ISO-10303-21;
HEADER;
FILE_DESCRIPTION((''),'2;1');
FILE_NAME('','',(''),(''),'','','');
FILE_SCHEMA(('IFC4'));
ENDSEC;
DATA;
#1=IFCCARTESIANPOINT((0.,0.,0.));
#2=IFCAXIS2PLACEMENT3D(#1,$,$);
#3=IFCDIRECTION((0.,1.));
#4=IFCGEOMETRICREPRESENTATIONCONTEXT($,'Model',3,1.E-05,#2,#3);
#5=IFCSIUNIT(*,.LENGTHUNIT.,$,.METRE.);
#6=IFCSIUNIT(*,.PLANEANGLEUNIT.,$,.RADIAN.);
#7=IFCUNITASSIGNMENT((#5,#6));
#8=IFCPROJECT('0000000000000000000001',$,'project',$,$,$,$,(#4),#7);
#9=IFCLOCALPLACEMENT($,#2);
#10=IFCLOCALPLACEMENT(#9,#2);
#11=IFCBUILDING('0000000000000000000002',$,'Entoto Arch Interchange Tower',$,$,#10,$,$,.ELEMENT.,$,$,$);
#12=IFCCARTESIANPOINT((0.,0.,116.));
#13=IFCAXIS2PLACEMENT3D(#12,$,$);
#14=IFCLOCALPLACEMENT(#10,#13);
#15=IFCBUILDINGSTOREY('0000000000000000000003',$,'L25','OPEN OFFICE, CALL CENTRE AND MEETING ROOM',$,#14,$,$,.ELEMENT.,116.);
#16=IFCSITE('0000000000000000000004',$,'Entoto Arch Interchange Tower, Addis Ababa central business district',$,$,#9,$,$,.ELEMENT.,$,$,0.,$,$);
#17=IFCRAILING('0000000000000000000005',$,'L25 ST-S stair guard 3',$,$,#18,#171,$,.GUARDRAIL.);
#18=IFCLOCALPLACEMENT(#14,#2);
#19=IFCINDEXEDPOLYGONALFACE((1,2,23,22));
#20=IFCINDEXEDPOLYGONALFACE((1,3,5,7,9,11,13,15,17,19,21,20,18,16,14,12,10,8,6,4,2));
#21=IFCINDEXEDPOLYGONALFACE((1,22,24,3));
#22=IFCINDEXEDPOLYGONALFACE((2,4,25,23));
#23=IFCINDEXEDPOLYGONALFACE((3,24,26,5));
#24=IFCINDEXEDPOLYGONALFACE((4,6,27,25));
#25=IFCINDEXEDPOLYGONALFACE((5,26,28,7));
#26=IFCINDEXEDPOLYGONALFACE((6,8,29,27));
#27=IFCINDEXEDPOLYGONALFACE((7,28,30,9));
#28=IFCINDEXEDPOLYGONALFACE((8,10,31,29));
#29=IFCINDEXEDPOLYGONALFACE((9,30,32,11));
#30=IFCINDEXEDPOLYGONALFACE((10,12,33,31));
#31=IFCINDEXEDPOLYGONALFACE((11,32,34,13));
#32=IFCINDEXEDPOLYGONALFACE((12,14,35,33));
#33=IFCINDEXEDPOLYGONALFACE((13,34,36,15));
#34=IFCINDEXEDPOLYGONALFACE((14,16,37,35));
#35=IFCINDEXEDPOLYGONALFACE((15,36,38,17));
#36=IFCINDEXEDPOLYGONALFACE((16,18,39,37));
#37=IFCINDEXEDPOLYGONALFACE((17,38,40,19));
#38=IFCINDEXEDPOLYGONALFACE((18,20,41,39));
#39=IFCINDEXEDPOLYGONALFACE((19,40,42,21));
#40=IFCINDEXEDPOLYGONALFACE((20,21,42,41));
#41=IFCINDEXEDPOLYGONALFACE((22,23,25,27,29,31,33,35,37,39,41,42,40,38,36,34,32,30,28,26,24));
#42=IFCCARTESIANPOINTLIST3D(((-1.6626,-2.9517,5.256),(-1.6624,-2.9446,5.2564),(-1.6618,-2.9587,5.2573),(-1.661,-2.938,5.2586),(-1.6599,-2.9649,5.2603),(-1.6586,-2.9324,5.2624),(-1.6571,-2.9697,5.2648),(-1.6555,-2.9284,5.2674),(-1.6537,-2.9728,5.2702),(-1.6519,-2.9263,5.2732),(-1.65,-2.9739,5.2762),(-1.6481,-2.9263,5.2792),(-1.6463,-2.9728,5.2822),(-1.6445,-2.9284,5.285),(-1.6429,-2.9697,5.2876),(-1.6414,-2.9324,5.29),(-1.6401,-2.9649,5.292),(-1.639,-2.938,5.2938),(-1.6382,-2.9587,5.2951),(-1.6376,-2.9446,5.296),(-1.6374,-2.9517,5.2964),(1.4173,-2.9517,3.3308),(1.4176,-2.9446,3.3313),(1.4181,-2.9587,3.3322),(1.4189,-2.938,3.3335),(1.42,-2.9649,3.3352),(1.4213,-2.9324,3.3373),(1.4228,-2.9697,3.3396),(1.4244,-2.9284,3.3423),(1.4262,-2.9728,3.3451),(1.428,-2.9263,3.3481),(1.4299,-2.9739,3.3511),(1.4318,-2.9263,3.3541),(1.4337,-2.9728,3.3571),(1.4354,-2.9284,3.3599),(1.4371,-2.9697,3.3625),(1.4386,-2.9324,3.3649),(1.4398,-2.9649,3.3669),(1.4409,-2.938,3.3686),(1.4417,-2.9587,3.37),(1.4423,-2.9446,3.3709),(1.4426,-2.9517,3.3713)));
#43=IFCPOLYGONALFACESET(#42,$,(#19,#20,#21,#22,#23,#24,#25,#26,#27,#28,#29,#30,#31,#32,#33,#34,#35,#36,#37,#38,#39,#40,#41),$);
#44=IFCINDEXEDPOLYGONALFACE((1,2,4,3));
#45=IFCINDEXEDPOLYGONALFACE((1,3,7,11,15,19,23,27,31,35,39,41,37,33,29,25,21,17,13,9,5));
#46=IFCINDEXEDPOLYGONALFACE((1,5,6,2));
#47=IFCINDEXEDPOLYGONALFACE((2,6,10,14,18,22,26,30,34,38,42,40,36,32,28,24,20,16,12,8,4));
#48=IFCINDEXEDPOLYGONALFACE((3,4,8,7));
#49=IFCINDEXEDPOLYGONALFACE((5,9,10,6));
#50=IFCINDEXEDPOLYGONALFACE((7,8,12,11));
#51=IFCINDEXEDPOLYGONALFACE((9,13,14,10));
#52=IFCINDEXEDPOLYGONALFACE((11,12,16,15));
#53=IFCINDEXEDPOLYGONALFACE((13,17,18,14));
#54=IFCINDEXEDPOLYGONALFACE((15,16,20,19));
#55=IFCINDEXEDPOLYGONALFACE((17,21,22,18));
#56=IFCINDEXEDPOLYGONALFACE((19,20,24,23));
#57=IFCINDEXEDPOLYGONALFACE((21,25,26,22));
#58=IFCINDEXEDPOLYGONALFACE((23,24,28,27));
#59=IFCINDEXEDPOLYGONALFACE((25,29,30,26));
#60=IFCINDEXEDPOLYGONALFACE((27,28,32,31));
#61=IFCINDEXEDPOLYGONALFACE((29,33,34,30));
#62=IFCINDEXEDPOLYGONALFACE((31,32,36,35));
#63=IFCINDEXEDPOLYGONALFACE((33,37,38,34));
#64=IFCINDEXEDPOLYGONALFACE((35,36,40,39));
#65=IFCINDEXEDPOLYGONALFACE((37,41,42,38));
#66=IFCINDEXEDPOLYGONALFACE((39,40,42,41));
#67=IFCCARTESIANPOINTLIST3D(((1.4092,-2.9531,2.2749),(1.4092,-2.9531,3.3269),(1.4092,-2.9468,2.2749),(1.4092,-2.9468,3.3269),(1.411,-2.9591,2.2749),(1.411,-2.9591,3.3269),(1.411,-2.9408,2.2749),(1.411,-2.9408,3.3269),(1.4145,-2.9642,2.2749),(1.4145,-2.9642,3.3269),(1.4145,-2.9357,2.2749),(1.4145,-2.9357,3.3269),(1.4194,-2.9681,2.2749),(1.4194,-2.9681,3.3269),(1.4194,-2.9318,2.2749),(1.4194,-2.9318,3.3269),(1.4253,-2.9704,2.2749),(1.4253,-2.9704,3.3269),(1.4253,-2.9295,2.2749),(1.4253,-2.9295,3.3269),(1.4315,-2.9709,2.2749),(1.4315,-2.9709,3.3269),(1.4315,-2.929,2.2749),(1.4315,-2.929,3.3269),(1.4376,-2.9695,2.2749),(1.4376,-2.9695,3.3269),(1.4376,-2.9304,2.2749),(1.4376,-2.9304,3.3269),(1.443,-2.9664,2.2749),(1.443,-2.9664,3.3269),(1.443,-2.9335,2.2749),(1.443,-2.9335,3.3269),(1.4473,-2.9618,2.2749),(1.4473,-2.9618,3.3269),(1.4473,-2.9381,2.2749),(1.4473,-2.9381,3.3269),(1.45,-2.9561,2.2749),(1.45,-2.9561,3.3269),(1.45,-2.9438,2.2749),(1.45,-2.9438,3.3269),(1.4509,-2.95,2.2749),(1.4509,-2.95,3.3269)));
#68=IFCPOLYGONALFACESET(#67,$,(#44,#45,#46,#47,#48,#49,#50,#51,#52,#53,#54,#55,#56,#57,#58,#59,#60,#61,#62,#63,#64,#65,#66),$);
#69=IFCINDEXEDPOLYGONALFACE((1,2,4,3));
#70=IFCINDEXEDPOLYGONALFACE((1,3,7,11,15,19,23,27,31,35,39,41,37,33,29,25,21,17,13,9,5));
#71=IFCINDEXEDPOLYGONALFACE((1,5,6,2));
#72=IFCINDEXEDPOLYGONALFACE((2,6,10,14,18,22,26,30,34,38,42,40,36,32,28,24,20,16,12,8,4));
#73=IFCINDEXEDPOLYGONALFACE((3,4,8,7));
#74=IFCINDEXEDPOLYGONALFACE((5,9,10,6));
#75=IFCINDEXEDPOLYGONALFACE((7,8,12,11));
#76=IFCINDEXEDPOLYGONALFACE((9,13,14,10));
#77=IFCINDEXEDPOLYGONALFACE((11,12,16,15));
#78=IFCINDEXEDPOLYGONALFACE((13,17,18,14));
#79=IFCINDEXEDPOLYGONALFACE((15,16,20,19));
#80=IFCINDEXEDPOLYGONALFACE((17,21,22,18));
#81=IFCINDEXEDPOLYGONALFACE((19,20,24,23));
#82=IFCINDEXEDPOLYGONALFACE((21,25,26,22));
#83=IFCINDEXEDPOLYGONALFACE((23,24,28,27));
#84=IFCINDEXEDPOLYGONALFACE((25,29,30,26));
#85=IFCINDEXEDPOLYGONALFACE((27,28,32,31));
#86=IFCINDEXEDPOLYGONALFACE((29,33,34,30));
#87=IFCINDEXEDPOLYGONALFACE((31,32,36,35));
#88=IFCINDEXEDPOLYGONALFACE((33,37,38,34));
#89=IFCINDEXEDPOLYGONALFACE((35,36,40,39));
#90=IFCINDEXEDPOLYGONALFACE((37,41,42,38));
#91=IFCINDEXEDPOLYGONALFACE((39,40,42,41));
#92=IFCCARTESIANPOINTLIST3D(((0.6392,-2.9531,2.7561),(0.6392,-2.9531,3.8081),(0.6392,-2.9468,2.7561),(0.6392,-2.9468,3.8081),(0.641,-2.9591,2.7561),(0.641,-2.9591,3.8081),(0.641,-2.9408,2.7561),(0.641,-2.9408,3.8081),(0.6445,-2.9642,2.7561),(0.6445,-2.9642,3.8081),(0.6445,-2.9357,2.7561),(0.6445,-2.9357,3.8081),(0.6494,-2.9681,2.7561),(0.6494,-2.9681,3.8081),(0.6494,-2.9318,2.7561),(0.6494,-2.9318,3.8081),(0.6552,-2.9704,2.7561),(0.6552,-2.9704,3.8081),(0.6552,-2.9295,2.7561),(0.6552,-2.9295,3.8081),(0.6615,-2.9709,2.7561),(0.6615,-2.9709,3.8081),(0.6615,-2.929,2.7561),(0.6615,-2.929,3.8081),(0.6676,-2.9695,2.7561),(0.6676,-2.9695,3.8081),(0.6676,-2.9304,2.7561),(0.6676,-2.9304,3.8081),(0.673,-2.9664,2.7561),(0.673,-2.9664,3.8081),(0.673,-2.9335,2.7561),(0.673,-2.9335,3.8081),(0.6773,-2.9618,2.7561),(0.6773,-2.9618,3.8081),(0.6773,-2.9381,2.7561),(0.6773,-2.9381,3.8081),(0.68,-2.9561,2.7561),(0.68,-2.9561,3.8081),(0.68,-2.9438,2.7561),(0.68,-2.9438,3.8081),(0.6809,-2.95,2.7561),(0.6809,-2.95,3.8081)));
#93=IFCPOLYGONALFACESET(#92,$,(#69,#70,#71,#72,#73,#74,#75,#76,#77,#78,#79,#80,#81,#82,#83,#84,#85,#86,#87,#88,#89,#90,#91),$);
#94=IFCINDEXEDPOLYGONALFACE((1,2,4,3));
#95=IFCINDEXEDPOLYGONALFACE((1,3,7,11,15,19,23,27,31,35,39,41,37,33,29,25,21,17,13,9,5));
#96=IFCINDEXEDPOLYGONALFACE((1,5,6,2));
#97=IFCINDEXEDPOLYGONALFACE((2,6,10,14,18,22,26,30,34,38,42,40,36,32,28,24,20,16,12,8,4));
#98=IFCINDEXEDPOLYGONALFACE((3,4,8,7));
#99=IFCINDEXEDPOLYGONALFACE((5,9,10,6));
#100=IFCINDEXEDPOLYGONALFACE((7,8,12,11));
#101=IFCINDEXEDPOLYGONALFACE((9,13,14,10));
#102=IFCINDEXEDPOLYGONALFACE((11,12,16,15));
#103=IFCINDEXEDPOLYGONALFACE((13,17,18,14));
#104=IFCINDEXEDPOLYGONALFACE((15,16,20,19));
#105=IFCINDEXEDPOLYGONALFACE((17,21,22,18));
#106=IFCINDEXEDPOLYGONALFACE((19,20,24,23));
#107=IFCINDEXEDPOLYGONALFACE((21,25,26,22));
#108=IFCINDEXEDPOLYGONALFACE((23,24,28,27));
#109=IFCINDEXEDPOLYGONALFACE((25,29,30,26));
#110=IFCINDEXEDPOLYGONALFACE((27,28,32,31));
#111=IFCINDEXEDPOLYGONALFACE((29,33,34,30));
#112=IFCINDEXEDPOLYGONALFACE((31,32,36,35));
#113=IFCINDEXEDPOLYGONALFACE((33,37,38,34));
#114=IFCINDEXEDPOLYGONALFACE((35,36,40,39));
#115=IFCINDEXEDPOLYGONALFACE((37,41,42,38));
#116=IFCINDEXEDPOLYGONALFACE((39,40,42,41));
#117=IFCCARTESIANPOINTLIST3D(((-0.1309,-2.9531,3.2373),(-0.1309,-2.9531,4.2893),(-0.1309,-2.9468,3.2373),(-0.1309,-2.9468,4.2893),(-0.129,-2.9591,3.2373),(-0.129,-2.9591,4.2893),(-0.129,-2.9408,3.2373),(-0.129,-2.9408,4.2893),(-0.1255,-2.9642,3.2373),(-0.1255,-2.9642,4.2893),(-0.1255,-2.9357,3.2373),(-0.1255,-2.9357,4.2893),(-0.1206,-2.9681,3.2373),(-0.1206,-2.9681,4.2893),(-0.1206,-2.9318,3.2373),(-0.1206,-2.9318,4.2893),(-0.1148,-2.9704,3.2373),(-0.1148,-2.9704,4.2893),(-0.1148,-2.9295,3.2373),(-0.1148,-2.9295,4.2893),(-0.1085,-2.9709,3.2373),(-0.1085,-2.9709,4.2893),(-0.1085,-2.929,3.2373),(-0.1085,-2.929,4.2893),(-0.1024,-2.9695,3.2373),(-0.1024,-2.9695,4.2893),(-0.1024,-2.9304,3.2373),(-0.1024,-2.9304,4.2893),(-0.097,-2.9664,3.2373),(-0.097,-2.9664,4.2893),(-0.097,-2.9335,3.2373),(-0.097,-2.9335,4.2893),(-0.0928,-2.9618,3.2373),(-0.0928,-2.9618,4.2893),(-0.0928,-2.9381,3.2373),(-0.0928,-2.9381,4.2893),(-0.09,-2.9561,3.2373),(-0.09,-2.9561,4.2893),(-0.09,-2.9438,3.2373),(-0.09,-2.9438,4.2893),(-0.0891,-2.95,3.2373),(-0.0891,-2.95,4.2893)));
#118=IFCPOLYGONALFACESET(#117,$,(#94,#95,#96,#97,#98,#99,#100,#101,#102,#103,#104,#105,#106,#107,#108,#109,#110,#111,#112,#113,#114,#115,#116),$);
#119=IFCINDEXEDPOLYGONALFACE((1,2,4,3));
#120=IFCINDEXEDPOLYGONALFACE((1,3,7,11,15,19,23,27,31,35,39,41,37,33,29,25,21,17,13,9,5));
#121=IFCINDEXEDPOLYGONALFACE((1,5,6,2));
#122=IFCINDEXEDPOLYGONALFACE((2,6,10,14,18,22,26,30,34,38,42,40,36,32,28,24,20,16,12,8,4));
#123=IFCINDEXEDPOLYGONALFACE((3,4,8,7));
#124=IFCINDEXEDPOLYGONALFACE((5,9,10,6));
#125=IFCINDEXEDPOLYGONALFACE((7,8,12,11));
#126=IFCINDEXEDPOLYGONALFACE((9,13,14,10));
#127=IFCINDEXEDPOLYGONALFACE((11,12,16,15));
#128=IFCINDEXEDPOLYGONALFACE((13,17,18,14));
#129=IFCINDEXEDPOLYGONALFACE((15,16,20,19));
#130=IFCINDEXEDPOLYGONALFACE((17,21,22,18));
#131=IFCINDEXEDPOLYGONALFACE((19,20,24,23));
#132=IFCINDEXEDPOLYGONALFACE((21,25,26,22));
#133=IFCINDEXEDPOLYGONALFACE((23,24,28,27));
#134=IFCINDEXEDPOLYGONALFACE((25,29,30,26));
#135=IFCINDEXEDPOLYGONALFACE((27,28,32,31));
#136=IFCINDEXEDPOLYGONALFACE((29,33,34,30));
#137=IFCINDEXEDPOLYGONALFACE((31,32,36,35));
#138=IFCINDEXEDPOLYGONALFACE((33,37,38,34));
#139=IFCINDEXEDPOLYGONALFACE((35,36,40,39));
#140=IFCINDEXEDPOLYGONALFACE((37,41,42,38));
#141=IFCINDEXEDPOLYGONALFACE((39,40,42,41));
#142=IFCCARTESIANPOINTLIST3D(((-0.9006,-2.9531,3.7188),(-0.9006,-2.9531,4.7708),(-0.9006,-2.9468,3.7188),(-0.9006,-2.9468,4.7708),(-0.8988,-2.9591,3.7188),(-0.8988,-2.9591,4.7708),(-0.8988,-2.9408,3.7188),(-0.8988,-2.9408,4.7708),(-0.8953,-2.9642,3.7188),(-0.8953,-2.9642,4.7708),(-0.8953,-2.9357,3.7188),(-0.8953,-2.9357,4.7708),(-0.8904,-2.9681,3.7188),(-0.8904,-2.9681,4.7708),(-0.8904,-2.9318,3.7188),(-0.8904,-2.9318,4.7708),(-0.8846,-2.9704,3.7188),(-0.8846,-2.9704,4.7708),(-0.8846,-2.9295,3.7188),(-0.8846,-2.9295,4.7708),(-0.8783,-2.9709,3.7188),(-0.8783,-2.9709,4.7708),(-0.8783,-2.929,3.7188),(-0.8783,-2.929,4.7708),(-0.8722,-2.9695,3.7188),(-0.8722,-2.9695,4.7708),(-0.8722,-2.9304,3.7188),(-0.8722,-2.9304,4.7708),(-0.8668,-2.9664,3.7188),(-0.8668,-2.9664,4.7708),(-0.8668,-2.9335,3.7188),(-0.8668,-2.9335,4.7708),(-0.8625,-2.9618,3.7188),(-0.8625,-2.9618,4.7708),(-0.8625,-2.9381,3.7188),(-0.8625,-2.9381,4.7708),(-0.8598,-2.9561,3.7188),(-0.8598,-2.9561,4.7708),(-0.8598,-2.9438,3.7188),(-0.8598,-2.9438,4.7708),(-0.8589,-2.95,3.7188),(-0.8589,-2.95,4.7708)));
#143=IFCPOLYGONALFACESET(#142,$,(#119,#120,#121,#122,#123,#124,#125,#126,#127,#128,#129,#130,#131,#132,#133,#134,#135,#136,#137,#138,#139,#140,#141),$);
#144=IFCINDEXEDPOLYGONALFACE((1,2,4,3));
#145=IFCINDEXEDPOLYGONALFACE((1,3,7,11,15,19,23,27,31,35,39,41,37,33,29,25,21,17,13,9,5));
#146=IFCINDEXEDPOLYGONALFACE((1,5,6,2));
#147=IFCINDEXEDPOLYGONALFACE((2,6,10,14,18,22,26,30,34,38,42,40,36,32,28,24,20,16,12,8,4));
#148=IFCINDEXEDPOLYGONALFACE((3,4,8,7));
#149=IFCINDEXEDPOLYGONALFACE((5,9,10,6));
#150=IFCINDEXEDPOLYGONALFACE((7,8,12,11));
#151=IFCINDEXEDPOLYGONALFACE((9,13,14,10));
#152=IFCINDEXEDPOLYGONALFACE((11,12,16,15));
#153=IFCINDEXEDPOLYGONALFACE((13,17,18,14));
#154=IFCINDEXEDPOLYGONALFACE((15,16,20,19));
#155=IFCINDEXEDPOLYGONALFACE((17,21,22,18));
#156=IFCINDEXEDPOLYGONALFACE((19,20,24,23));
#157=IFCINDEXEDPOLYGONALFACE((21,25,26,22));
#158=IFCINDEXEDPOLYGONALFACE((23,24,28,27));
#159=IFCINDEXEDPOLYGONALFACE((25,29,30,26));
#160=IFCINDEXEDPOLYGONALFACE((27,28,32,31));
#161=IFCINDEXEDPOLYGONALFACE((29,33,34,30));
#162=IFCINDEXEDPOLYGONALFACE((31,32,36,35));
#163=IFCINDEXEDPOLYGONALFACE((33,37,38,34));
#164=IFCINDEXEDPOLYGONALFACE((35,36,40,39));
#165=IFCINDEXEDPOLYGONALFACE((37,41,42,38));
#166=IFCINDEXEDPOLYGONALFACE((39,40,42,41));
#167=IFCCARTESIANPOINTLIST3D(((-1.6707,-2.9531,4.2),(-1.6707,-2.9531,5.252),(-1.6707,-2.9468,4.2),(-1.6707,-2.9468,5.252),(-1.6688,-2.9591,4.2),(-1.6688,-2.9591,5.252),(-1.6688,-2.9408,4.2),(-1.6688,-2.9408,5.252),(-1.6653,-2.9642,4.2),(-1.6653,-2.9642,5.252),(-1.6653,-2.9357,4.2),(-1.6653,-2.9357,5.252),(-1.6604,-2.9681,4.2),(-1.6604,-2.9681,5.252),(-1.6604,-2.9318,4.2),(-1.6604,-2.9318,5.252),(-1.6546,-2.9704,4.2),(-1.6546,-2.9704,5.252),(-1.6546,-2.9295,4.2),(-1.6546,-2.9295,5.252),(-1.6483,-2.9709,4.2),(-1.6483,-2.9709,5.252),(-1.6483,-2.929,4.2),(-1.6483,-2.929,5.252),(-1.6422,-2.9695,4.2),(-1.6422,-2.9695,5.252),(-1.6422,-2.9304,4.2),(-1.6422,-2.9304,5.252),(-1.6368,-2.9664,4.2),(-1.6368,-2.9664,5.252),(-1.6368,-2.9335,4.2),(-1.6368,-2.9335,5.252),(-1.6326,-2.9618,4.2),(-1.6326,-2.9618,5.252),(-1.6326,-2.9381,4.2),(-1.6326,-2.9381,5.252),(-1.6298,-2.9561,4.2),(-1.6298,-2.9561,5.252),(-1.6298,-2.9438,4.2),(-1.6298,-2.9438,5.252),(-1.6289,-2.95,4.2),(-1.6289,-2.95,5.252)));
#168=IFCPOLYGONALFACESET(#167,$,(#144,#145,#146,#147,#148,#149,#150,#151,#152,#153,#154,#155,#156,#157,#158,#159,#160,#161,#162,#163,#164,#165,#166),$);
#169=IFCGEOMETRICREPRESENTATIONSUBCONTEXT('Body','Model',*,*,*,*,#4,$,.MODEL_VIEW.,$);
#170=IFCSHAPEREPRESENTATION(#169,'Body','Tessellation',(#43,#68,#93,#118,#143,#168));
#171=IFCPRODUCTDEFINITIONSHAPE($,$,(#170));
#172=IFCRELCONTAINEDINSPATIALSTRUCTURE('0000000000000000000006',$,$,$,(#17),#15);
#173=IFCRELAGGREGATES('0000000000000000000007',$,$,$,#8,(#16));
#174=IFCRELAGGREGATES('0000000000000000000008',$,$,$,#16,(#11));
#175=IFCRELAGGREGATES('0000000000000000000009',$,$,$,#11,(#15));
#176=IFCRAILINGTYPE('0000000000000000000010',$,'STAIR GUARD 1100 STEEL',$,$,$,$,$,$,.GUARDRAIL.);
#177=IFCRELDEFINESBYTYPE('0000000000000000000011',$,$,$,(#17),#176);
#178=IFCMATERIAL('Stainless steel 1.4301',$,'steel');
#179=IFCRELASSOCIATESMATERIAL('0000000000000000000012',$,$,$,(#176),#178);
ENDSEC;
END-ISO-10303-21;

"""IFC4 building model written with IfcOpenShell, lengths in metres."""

from ifc_helpers import new_model, si_unit, direction, frame, origin, origin_2d, place, context, subcontext, project, spatial, circle, extrude, material, type_object, element, save


model = new_model("IFC4")

# Units and contexts
model_context = context("Model", 3, precision=1e-05, world=origin(), true_north=direction((0.0, 1.0)))
body_context = subcontext(model_context, "Body", "Model", "MODEL_VIEW")
ifc_project = project(units=[si_unit("LENGTHUNIT", "METRE"), si_unit("PLANEANGLEUNIT", "RADIAN")], contexts=[model_context])

# Site, building, storey
site_placement = place(None, origin())
site = spatial("IfcSite", under=ifc_project, at=site_placement, Name="Entoto Arch Interchange Tower, Addis Ababa central business district", CompositionType="ELEMENT", RefElevation=0.0)
building_placement = place(site_placement, origin())
building = spatial("IfcBuilding", under=site, at=building_placement, Name="Entoto Arch Interchange Tower", CompositionType="ELEMENT")
storey_placement = place(building_placement, frame((0.0, 0.0, 116.0)))
storey = spatial("IfcBuildingStorey", under=building, at=storey_placement, Name="L25", Description="OPEN OFFICE, CALL CENTRE AND MEETING ROOM", CompositionType="ELEMENT", Elevation=116.0)

# Railing
ifc_material_1 = material(Name="Stainless steel 1.4301", Category="steel")
railing_type_1 = type_object("IfcRailingType", Name="STAIR GUARD 1100 STEEL", PredefinedType="GUARDRAIL", material=ifc_material_1)
railing_1_placement = place(storey_placement, frame((1.4299, -2.95, 2.2749)))
element("IfcRailing", 1, at=railing_1_placement, inside=storey, type_object=railing_type_1, Name="L25 ST-S stair guard 3", PredefinedType="GUARDRAIL", context=body_context, shape_type="SweptSolid", body=[
    extrude(circle(Radius=0.0239, at=origin_2d()), frame((0.0, 0.0, 1.0762), z_axis=(-0.847979, 0.0, 0.530029), x_axis=(0.0, -1.0, 0.0)), (0.0, 0.0, 1.0), 3.6321),
    extrude(circle(Radius=0.021, at=origin_2d()), origin(), (0.0, 0.0, 1.0), 1.052),
    extrude(circle(Radius=0.021, at=origin_2d()), frame((-0.77, 0.0, 0.4812)), (0.0, 0.0, 1.0), 1.052),
    extrude(circle(Radius=0.021, at=origin_2d()), frame((-1.54, 0.0, 0.9624)), (0.0, 0.0, 1.0), 1.052),
    extrude(circle(Radius=0.021, at=origin_2d()), frame((-2.3098, 0.0, 1.4438)), (0.0, 0.0, 1.0), 1.052),
    extrude(circle(Radius=0.021, at=origin_2d()), frame((-3.0798, 0.0, 1.925)), (0.0, 0.0, 1.0), 1.052),
])

save(model, "model.ifc")
